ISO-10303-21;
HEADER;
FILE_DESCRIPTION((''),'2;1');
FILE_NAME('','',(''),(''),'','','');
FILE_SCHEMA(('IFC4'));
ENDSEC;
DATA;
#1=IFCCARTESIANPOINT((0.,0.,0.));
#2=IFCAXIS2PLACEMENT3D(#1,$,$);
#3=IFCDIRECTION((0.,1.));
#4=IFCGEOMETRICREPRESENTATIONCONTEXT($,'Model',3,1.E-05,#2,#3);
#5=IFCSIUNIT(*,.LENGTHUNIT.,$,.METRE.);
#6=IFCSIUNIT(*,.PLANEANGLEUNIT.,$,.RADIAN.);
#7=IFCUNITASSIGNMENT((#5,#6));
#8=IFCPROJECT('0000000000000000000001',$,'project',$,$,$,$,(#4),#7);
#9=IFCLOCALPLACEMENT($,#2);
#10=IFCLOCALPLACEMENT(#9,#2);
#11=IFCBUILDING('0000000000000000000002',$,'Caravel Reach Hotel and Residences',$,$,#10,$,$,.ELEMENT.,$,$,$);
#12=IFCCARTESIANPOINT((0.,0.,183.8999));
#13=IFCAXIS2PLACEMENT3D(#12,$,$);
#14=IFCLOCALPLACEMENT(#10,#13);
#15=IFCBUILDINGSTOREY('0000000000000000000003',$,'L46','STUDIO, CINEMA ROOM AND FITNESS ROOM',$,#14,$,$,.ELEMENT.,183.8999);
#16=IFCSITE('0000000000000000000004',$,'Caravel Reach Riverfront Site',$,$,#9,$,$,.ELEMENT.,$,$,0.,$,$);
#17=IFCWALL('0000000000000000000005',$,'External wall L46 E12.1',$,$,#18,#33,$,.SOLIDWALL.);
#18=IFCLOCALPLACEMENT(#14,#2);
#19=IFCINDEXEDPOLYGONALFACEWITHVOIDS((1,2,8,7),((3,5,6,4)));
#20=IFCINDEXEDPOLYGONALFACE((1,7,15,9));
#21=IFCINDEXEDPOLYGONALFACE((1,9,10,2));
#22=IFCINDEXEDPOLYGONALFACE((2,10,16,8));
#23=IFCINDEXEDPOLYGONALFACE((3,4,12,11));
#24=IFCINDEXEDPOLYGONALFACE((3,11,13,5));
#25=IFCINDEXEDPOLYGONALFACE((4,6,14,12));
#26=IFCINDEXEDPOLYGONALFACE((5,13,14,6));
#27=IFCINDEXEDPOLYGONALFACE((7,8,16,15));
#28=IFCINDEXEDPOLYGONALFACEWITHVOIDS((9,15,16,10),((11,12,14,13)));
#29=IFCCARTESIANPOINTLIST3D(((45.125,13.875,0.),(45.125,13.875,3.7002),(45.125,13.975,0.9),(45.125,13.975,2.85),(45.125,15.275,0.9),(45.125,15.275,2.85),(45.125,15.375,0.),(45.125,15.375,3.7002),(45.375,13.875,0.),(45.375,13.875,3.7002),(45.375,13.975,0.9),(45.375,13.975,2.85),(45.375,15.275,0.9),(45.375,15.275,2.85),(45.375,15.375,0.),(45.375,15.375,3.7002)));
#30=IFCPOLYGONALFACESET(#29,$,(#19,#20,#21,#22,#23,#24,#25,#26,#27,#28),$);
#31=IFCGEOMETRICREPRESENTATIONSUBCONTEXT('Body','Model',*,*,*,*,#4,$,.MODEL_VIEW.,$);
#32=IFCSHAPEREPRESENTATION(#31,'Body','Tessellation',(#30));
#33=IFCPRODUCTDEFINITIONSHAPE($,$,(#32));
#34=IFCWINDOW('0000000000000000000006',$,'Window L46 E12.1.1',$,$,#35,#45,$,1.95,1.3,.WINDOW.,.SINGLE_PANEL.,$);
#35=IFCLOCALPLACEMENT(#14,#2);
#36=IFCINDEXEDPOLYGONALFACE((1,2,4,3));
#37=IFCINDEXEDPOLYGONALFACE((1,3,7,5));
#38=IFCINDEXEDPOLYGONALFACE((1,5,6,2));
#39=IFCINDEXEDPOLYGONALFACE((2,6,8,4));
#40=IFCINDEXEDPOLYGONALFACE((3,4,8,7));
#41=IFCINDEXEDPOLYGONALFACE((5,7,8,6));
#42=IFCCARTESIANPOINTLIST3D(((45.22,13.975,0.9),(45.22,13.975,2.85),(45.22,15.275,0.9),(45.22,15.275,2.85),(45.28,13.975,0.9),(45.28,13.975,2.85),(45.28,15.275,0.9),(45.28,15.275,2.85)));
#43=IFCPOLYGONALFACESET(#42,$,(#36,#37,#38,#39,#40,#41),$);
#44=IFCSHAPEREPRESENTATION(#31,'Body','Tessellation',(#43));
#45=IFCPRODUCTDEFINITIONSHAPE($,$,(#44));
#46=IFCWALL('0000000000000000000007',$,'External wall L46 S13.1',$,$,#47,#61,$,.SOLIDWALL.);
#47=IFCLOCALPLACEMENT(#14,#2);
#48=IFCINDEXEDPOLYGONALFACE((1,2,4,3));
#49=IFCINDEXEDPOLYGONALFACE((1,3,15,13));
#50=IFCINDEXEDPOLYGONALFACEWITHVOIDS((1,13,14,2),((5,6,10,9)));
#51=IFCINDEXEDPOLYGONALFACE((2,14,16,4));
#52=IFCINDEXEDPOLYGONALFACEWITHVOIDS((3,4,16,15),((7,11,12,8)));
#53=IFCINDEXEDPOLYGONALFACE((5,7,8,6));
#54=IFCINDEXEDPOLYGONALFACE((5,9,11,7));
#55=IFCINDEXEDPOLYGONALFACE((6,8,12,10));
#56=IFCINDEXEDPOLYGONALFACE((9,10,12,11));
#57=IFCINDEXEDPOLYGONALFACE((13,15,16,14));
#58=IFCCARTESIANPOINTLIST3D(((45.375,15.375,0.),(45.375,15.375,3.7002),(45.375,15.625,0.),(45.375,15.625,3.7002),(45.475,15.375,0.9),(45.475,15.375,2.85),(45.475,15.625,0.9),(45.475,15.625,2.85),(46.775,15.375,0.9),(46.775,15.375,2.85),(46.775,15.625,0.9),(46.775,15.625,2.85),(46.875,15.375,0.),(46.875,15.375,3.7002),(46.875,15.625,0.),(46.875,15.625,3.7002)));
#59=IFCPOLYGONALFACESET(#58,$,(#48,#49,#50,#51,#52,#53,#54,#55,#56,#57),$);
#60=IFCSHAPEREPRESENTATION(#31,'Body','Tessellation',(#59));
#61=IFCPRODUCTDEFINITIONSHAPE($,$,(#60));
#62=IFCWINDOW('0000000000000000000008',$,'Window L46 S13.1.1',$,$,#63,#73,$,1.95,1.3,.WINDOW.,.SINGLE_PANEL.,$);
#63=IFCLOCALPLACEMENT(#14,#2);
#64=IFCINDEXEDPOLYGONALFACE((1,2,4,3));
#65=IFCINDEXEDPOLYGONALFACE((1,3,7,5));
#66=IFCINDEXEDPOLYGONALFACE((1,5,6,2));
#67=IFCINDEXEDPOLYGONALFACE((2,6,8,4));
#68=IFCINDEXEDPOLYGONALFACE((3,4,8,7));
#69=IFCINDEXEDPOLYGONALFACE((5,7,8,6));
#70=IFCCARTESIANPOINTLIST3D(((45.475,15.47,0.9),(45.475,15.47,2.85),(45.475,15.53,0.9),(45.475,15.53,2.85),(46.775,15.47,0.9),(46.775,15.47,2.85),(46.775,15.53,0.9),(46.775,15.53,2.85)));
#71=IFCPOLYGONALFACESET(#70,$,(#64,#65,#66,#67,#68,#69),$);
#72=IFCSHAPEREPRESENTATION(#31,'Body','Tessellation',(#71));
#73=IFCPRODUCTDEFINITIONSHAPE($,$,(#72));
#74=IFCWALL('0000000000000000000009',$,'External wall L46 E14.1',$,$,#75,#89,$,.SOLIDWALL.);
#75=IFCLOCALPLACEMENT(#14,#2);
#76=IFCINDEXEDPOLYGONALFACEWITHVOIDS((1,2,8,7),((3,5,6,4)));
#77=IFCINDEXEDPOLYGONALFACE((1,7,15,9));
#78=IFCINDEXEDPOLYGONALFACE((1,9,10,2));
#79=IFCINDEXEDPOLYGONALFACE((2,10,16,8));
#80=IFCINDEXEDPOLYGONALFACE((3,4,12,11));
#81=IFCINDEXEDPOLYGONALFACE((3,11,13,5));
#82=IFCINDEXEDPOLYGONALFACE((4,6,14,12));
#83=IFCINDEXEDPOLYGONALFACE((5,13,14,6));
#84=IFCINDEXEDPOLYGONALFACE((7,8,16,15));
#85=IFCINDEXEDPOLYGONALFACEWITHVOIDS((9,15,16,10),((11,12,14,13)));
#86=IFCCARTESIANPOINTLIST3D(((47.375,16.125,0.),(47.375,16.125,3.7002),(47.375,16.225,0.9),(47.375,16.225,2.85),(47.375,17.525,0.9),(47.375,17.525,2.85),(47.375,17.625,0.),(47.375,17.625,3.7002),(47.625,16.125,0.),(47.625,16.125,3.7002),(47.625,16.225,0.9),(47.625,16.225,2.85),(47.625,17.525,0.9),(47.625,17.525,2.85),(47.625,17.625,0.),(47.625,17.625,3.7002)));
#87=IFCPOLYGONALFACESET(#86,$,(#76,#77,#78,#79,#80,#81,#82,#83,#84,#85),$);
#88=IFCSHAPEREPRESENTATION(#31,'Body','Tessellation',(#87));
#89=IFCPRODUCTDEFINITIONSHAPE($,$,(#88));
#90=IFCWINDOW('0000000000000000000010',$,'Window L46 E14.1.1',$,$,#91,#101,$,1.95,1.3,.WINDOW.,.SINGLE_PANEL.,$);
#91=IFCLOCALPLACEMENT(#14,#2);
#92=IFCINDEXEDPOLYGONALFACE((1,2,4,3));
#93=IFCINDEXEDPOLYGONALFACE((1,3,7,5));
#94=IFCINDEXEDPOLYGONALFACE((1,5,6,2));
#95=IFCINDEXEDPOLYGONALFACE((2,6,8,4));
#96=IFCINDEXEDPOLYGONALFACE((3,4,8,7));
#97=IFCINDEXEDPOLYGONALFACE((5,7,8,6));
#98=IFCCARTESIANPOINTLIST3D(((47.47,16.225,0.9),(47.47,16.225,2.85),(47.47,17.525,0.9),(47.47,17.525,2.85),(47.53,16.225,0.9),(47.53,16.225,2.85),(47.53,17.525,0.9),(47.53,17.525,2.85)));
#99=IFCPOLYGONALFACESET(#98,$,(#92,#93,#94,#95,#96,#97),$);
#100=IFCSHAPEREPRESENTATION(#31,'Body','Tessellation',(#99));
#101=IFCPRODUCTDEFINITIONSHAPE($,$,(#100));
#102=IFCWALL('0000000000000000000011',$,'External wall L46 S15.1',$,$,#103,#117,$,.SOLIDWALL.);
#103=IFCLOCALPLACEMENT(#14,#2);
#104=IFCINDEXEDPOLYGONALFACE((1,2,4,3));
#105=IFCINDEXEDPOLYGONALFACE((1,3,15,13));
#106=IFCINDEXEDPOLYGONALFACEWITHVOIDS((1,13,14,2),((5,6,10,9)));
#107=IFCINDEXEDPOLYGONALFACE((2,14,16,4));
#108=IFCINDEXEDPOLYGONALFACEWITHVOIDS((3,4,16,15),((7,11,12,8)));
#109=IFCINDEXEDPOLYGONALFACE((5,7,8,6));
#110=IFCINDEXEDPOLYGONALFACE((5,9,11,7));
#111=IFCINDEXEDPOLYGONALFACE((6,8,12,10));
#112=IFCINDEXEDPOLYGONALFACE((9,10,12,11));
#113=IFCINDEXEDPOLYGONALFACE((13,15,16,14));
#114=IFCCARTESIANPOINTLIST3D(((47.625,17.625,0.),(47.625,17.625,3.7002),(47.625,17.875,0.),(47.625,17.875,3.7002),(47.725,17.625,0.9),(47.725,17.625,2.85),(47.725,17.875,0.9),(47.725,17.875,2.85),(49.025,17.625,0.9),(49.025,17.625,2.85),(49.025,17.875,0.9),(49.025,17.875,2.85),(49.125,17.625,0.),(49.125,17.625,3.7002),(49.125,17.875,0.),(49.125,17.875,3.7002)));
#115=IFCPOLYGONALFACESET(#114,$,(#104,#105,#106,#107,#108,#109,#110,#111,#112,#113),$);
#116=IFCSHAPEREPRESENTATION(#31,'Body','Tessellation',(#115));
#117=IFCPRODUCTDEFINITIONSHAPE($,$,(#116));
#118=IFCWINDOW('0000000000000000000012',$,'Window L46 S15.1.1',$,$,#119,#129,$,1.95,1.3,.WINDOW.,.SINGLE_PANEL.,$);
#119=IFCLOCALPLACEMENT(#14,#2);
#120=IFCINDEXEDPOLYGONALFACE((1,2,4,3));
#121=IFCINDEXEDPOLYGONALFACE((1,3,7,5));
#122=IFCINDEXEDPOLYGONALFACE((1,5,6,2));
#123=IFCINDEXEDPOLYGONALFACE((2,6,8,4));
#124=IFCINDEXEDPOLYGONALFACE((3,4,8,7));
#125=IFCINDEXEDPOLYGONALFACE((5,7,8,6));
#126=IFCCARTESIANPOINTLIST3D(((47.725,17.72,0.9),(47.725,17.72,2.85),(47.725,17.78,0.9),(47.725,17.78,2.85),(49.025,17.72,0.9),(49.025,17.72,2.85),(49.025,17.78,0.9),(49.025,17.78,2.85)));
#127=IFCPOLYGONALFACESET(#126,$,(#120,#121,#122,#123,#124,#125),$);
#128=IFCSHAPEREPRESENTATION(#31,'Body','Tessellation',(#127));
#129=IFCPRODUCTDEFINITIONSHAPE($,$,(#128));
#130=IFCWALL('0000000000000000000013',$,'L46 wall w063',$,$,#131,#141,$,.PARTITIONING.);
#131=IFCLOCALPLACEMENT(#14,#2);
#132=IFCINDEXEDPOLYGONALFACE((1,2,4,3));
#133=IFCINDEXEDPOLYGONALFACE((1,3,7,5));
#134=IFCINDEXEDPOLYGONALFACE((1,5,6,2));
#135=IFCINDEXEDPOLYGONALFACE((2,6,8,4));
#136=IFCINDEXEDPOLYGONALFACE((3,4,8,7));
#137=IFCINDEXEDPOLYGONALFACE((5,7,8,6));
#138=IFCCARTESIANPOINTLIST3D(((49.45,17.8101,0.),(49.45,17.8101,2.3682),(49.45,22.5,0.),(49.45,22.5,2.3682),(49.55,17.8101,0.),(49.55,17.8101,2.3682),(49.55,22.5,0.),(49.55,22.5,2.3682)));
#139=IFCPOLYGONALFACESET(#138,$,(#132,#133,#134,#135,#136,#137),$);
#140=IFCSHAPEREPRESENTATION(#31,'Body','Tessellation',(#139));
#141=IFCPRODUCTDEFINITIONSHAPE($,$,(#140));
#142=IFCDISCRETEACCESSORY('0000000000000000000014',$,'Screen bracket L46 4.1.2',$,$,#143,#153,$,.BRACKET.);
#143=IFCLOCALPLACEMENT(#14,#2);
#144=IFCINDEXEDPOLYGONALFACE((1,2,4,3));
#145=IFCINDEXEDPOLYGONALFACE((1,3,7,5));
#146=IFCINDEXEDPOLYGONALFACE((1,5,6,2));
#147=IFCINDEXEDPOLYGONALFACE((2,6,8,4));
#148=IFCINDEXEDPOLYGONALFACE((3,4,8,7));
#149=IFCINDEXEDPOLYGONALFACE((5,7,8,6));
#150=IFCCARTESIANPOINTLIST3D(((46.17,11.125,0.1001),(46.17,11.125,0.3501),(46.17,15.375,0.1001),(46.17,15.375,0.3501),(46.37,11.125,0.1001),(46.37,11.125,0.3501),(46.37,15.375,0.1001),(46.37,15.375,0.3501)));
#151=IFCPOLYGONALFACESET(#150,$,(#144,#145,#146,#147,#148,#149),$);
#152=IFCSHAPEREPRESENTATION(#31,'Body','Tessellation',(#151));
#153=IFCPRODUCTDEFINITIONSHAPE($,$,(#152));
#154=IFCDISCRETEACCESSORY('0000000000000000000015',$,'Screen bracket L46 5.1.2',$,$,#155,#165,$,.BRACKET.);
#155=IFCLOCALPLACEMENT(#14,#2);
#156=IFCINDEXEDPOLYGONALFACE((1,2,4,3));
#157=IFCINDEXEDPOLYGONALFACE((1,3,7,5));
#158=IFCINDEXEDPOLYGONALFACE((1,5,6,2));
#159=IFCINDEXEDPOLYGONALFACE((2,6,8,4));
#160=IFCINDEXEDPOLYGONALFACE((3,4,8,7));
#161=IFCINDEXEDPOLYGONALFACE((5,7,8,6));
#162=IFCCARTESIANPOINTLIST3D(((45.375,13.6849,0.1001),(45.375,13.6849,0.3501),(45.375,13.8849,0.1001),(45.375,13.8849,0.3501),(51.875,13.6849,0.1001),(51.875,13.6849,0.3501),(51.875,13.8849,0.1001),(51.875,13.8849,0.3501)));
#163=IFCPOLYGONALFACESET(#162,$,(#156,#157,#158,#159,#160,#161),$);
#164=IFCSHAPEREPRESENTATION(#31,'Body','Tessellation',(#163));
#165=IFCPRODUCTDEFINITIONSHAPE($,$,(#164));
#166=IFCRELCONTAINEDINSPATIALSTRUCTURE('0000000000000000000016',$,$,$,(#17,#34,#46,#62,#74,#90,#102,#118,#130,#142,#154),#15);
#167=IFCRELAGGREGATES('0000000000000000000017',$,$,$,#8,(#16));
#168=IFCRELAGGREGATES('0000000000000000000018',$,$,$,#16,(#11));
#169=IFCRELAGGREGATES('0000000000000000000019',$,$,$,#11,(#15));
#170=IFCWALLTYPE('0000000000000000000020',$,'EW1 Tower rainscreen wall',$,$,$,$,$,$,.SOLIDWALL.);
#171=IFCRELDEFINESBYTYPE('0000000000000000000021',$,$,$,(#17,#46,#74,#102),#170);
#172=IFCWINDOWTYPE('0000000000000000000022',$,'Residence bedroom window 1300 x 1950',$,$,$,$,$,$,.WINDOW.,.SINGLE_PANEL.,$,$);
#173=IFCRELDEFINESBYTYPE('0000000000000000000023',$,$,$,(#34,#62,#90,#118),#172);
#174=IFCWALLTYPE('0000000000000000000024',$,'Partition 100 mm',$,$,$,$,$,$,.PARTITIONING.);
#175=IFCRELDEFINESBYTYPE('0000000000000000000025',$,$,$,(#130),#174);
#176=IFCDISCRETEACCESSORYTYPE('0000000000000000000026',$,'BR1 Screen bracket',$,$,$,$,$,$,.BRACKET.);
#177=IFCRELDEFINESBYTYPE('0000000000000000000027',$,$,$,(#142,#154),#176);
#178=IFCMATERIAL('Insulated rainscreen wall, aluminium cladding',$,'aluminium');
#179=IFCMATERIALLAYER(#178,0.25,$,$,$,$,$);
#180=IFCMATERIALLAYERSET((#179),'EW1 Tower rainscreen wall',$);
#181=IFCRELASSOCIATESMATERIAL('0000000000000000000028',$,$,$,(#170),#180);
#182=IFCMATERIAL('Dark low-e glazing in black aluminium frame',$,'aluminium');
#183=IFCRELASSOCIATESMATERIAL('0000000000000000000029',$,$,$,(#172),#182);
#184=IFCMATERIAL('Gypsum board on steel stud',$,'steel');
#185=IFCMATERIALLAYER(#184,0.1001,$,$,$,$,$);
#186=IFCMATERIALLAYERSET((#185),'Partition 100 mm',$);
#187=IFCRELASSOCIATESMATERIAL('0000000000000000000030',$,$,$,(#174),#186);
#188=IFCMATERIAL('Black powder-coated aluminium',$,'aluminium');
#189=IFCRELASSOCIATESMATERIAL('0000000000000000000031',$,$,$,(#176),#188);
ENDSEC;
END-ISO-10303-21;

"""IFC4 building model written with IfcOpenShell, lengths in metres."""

from ifc_helpers import new_model, si_unit, direction, frame, frame_2d, origin, origin_2d, place, context, subcontext, project, spatial, rectangle, extrude, material, layer, layer_set, type_object, element, fill, save


model = new_model("IFC4")

# Units and contexts
model_context = context("Model", 3, precision=1e-05, world=origin(), true_north=direction((0.0, 1.0)))
body_context = subcontext(model_context, "Body", "Model", "MODEL_VIEW")
ifc_project = project(units=[si_unit("LENGTHUNIT", "METRE"), si_unit("PLANEANGLEUNIT", "RADIAN")], contexts=[model_context])

# Site, building, storey
site_placement = place(None, origin())
site = spatial("IfcSite", under=ifc_project, at=site_placement, Name="Caravel Reach Riverfront Site", CompositionType="ELEMENT", RefElevation=0.0)
building_placement = place(site_placement, origin())
building = spatial("IfcBuilding", under=site, at=building_placement, Name="Caravel Reach Hotel and Residences", CompositionType="ELEMENT")
storey_placement = place(building_placement, frame((0.0, 0.0, 183.8999)))
storey = spatial("IfcBuildingStorey", under=building, at=storey_placement, Name="L46", Description="STUDIO, CINEMA ROOM AND FITNESS ROOM", CompositionType="ELEMENT", Elevation=183.8999)

# Walls, openings, windows
ifc_material_1 = material(Name="Insulated rainscreen wall, aluminium cladding", Category="aluminium")
ifc_layer_1 = layer(ifc_material_1, 0.25)
ifc_layer_set_1 = layer_set([ifc_layer_1], Name="EW1 Tower rainscreen wall")
wall_type_1 = type_object("IfcWallType", Name="EW1 Tower rainscreen wall", PredefinedType="SOLIDWALL", material=ifc_layer_set_1)
wall_1_placement = place(storey_placement, frame((45.25, 13.875, 0.0), z_axis=(0.0, 0.0, 1.0), x_axis=(0.0, 1.0, 0.0)))
wall_1 = element("IfcWall", 1, at=wall_1_placement, inside=storey, type_object=wall_type_1, Name="External wall L46 E12.1", PredefinedType="SOLIDWALL", context=body_context, shape_type="SweptSolid", body=[
    extrude(rectangle(XDim=1.5, YDim=0.25, at=frame_2d((0.75, 0.0))), origin(), (0.0, 0.0, 1.0), 3.7002),
])
opening_1_placement = place(wall_1_placement, frame((0.1001, 0.0, 0.8999)))
opening_1 = element("IfcOpeningElement", 2, at=opening_1_placement, cuts=wall_1, PredefinedType="OPENING", context=body_context, shape_type="SweptSolid", body=[
    extrude(rectangle(XDim=1.3, YDim=1.95, at=frame_2d((0.6499, 0.9751))), frame((0.0, 0.135, 0.0), z_axis=(0.0, -1.0, 0.0), x_axis=(1.0, 0.0, 0.0)), (0.0, 0.0, 1.0), 0.27),
])
ifc_material_2 = material(Name="Dark low-e glazing in black aluminium frame", Category="aluminium")
window_type = type_object("IfcWindowType", Name="Residence bedroom window 1300 x 1950", PartitioningType="SINGLE_PANEL", PredefinedType="WINDOW", material=ifc_material_2)
window_1_placement = place(opening_1_placement, origin())
window_1 = element("IfcWindow", 3, at=window_1_placement, inside=storey, type_object=window_type, Name="Window L46 E12.1.1", OverallHeight=1.95, OverallWidth=1.3, PartitioningType="SINGLE_PANEL", PredefinedType="WINDOW", context=body_context, shape_type="SweptSolid", body=[
    extrude(rectangle(XDim=1.3, YDim=1.95, at=frame_2d((0.6499, 0.9751))), frame((0.0, 0.03, 0.0), z_axis=(0.0, -1.0, 0.0), x_axis=(1.0, 0.0, 0.0)), (0.0, 0.0, 1.0), 0.0601),
])
fill(opening_1, window_1)
wall_2_placement = place(storey_placement, frame((45.375, 15.5, 0.0), z_axis=(0.0, 0.0, 1.0), x_axis=(1.0, 0.0, 0.0)))
wall_2 = element("IfcWall", 4, at=wall_2_placement, inside=storey, type_object=wall_type_1, Name="External wall L46 S13.1", PredefinedType="SOLIDWALL", context=body_context, shape_type="SweptSolid", body=[
    extrude(rectangle(XDim=1.5, YDim=0.25, at=frame_2d((0.75, 0.0))), origin(), (0.0, 0.0, 1.0), 3.7002),
])
opening_2_placement = place(wall_2_placement, frame((0.1001, 0.0, 0.8999)))
opening_2 = element("IfcOpeningElement", 5, at=opening_2_placement, cuts=wall_2, PredefinedType="OPENING", context=body_context, shape_type="SweptSolid", body=[
    extrude(rectangle(XDim=1.3, YDim=1.95, at=frame_2d((0.6499, 0.9751))), frame((0.0, 0.135, 0.0), z_axis=(0.0, -1.0, 0.0), x_axis=(1.0, 0.0, 0.0)), (0.0, 0.0, 1.0), 0.27),
])
window_2_placement = place(opening_2_placement, origin())
window_2 = element("IfcWindow", 6, at=window_2_placement, inside=storey, type_object=window_type, Name="Window L46 S13.1.1", OverallHeight=1.95, OverallWidth=1.3, PartitioningType="SINGLE_PANEL", PredefinedType="WINDOW", context=body_context, shape_type="SweptSolid", body=[
    extrude(rectangle(XDim=1.3, YDim=1.95, at=frame_2d((0.6499, 0.9751))), frame((0.0, 0.03, 0.0), z_axis=(0.0, -1.0, 0.0), x_axis=(1.0, 0.0, 0.0)), (0.0, 0.0, 1.0), 0.0601),
])
fill(opening_2, window_2)
wall_3_placement = place(storey_placement, frame((47.5, 16.125, 0.0), z_axis=(0.0, 0.0, 1.0), x_axis=(0.0, 1.0, 0.0)))
wall_3 = element("IfcWall", 7, at=wall_3_placement, inside=storey, type_object=wall_type_1, Name="External wall L46 E14.1", PredefinedType="SOLIDWALL", context=body_context, shape_type="SweptSolid", body=[
    extrude(rectangle(XDim=1.5, YDim=0.25, at=frame_2d((0.75, 0.0))), origin(), (0.0, 0.0, 1.0), 3.7002),
])
opening_3_placement = place(wall_3_placement, frame((0.1001, 0.0, 0.8999)))
opening_3 = element("IfcOpeningElement", 8, at=opening_3_placement, cuts=wall_3, PredefinedType="OPENING", context=body_context, shape_type="SweptSolid", body=[
    extrude(rectangle(XDim=1.3, YDim=1.95, at=frame_2d((0.6499, 0.9751))), frame((0.0, 0.135, 0.0), z_axis=(0.0, -1.0, 0.0), x_axis=(1.0, 0.0, 0.0)), (0.0, 0.0, 1.0), 0.27),
])
window_3_placement = place(opening_3_placement, origin())
window_3 = element("IfcWindow", 9, at=window_3_placement, inside=storey, type_object=window_type, Name="Window L46 E14.1.1", OverallHeight=1.95, OverallWidth=1.3, PartitioningType="SINGLE_PANEL", PredefinedType="WINDOW", context=body_context, shape_type="SweptSolid", body=[
    extrude(rectangle(XDim=1.3, YDim=1.95, at=frame_2d((0.6499, 0.9751))), frame((0.0, 0.03, 0.0), z_axis=(0.0, -1.0, 0.0), x_axis=(1.0, 0.0, 0.0)), (0.0, 0.0, 1.0), 0.0601),
])
fill(opening_3, window_3)
wall_4_placement = place(storey_placement, frame((47.625, 17.75, 0.0), z_axis=(0.0, 0.0, 1.0), x_axis=(1.0, 0.0, 0.0)))
wall_4 = element("IfcWall", 10, at=wall_4_placement, inside=storey, type_object=wall_type_1, Name="External wall L46 S15.1", PredefinedType="SOLIDWALL", context=body_context, shape_type="SweptSolid", body=[
    extrude(rectangle(XDim=1.5, YDim=0.25, at=frame_2d((0.75, 0.0))), origin(), (0.0, 0.0, 1.0), 3.7002),
])
opening_4_placement = place(wall_4_placement, frame((0.1001, 0.0, 0.8999)))
opening_4 = element("IfcOpeningElement", 11, at=opening_4_placement, cuts=wall_4, PredefinedType="OPENING", context=body_context, shape_type="SweptSolid", body=[
    extrude(rectangle(XDim=1.3, YDim=1.95, at=frame_2d((0.6499, 0.9751))), frame((0.0, 0.135, 0.0), z_axis=(0.0, -1.0, 0.0), x_axis=(1.0, 0.0, 0.0)), (0.0, 0.0, 1.0), 0.27),
])
window_4_placement = place(opening_4_placement, origin())
window_4 = element("IfcWindow", 12, at=window_4_placement, inside=storey, type_object=window_type, Name="Window L46 S15.1.1", OverallHeight=1.95, OverallWidth=1.3, PartitioningType="SINGLE_PANEL", PredefinedType="WINDOW", context=body_context, shape_type="SweptSolid", body=[
    extrude(rectangle(XDim=1.3, YDim=1.95, at=frame_2d((0.6499, 0.9751))), frame((0.0, 0.03, 0.0), z_axis=(0.0, -1.0, 0.0), x_axis=(1.0, 0.0, 0.0)), (0.0, 0.0, 1.0), 0.0601),
])
fill(opening_4, window_4)

# Wall
ifc_material_3 = material(Name="Gypsum board on steel stud", Category="steel")
ifc_layer_2 = layer(ifc_material_3, 0.1001)
ifc_layer_set_2 = layer_set([ifc_layer_2], Name="Partition 100 mm")
wall_type_2 = type_object("IfcWallType", Name="Partition 100 mm", PredefinedType="PARTITIONING", material=ifc_layer_set_2)
wall_5_placement = place(storey_placement, frame((49.5, 17.8101, 0.0), z_axis=(0.0, 0.0, 1.0), x_axis=(0.0, 1.0, 0.0)))
element("IfcWall", 13, at=wall_5_placement, inside=storey, type_object=wall_type_2, Name="L46 wall w063", PredefinedType="PARTITIONING", context=body_context, shape_type="SweptSolid", body=[
    extrude(rectangle(XDim=4.6899, YDim=0.1001, at=frame_2d((2.345, 0.0))), origin(), (0.0, 0.0, 1.0), 2.3682),
])

# Discrete accessories
ifc_material_4 = material(Name="Black powder-coated aluminium", Category="aluminium")
discrete_accessory_type = type_object("IfcDiscreteAccessoryType", Name="BR1 Screen bracket", PredefinedType="BRACKET", material=ifc_material_4)
discrete_accessory_1_placement = place(storey_placement, frame((46.27, 13.25, 0.1001), z_axis=(0.0, 0.0, 1.0), x_axis=(0.0, -1.0, 0.0)))
element("IfcDiscreteAccessory", 14, at=discrete_accessory_1_placement, inside=storey, type_object=discrete_accessory_type, Name="Screen bracket L46 4.1.2", PredefinedType="BRACKET", context=body_context, shape_type="SweptSolid", body=[
    extrude(rectangle(XDim=4.25, YDim=0.2, at=origin_2d()), origin(), (0.0, 0.0, 1.0), 0.25),
])
discrete_accessory_2_placement = place(storey_placement, frame((48.625, 13.7849, 0.1001), z_axis=(0.0, 0.0, 1.0), x_axis=(1.0, 0.0, 0.0)))
element("IfcDiscreteAccessory", 15, at=discrete_accessory_2_placement, inside=storey, type_object=discrete_accessory_type, Name="Screen bracket L46 5.1.2", PredefinedType="BRACKET", context=body_context, shape_type="SweptSolid", body=[
    extrude(rectangle(XDim=6.5, YDim=0.2, at=origin_2d()), origin(), (0.0, 0.0, 1.0), 0.25),
])

save(model, "model.ifc")
